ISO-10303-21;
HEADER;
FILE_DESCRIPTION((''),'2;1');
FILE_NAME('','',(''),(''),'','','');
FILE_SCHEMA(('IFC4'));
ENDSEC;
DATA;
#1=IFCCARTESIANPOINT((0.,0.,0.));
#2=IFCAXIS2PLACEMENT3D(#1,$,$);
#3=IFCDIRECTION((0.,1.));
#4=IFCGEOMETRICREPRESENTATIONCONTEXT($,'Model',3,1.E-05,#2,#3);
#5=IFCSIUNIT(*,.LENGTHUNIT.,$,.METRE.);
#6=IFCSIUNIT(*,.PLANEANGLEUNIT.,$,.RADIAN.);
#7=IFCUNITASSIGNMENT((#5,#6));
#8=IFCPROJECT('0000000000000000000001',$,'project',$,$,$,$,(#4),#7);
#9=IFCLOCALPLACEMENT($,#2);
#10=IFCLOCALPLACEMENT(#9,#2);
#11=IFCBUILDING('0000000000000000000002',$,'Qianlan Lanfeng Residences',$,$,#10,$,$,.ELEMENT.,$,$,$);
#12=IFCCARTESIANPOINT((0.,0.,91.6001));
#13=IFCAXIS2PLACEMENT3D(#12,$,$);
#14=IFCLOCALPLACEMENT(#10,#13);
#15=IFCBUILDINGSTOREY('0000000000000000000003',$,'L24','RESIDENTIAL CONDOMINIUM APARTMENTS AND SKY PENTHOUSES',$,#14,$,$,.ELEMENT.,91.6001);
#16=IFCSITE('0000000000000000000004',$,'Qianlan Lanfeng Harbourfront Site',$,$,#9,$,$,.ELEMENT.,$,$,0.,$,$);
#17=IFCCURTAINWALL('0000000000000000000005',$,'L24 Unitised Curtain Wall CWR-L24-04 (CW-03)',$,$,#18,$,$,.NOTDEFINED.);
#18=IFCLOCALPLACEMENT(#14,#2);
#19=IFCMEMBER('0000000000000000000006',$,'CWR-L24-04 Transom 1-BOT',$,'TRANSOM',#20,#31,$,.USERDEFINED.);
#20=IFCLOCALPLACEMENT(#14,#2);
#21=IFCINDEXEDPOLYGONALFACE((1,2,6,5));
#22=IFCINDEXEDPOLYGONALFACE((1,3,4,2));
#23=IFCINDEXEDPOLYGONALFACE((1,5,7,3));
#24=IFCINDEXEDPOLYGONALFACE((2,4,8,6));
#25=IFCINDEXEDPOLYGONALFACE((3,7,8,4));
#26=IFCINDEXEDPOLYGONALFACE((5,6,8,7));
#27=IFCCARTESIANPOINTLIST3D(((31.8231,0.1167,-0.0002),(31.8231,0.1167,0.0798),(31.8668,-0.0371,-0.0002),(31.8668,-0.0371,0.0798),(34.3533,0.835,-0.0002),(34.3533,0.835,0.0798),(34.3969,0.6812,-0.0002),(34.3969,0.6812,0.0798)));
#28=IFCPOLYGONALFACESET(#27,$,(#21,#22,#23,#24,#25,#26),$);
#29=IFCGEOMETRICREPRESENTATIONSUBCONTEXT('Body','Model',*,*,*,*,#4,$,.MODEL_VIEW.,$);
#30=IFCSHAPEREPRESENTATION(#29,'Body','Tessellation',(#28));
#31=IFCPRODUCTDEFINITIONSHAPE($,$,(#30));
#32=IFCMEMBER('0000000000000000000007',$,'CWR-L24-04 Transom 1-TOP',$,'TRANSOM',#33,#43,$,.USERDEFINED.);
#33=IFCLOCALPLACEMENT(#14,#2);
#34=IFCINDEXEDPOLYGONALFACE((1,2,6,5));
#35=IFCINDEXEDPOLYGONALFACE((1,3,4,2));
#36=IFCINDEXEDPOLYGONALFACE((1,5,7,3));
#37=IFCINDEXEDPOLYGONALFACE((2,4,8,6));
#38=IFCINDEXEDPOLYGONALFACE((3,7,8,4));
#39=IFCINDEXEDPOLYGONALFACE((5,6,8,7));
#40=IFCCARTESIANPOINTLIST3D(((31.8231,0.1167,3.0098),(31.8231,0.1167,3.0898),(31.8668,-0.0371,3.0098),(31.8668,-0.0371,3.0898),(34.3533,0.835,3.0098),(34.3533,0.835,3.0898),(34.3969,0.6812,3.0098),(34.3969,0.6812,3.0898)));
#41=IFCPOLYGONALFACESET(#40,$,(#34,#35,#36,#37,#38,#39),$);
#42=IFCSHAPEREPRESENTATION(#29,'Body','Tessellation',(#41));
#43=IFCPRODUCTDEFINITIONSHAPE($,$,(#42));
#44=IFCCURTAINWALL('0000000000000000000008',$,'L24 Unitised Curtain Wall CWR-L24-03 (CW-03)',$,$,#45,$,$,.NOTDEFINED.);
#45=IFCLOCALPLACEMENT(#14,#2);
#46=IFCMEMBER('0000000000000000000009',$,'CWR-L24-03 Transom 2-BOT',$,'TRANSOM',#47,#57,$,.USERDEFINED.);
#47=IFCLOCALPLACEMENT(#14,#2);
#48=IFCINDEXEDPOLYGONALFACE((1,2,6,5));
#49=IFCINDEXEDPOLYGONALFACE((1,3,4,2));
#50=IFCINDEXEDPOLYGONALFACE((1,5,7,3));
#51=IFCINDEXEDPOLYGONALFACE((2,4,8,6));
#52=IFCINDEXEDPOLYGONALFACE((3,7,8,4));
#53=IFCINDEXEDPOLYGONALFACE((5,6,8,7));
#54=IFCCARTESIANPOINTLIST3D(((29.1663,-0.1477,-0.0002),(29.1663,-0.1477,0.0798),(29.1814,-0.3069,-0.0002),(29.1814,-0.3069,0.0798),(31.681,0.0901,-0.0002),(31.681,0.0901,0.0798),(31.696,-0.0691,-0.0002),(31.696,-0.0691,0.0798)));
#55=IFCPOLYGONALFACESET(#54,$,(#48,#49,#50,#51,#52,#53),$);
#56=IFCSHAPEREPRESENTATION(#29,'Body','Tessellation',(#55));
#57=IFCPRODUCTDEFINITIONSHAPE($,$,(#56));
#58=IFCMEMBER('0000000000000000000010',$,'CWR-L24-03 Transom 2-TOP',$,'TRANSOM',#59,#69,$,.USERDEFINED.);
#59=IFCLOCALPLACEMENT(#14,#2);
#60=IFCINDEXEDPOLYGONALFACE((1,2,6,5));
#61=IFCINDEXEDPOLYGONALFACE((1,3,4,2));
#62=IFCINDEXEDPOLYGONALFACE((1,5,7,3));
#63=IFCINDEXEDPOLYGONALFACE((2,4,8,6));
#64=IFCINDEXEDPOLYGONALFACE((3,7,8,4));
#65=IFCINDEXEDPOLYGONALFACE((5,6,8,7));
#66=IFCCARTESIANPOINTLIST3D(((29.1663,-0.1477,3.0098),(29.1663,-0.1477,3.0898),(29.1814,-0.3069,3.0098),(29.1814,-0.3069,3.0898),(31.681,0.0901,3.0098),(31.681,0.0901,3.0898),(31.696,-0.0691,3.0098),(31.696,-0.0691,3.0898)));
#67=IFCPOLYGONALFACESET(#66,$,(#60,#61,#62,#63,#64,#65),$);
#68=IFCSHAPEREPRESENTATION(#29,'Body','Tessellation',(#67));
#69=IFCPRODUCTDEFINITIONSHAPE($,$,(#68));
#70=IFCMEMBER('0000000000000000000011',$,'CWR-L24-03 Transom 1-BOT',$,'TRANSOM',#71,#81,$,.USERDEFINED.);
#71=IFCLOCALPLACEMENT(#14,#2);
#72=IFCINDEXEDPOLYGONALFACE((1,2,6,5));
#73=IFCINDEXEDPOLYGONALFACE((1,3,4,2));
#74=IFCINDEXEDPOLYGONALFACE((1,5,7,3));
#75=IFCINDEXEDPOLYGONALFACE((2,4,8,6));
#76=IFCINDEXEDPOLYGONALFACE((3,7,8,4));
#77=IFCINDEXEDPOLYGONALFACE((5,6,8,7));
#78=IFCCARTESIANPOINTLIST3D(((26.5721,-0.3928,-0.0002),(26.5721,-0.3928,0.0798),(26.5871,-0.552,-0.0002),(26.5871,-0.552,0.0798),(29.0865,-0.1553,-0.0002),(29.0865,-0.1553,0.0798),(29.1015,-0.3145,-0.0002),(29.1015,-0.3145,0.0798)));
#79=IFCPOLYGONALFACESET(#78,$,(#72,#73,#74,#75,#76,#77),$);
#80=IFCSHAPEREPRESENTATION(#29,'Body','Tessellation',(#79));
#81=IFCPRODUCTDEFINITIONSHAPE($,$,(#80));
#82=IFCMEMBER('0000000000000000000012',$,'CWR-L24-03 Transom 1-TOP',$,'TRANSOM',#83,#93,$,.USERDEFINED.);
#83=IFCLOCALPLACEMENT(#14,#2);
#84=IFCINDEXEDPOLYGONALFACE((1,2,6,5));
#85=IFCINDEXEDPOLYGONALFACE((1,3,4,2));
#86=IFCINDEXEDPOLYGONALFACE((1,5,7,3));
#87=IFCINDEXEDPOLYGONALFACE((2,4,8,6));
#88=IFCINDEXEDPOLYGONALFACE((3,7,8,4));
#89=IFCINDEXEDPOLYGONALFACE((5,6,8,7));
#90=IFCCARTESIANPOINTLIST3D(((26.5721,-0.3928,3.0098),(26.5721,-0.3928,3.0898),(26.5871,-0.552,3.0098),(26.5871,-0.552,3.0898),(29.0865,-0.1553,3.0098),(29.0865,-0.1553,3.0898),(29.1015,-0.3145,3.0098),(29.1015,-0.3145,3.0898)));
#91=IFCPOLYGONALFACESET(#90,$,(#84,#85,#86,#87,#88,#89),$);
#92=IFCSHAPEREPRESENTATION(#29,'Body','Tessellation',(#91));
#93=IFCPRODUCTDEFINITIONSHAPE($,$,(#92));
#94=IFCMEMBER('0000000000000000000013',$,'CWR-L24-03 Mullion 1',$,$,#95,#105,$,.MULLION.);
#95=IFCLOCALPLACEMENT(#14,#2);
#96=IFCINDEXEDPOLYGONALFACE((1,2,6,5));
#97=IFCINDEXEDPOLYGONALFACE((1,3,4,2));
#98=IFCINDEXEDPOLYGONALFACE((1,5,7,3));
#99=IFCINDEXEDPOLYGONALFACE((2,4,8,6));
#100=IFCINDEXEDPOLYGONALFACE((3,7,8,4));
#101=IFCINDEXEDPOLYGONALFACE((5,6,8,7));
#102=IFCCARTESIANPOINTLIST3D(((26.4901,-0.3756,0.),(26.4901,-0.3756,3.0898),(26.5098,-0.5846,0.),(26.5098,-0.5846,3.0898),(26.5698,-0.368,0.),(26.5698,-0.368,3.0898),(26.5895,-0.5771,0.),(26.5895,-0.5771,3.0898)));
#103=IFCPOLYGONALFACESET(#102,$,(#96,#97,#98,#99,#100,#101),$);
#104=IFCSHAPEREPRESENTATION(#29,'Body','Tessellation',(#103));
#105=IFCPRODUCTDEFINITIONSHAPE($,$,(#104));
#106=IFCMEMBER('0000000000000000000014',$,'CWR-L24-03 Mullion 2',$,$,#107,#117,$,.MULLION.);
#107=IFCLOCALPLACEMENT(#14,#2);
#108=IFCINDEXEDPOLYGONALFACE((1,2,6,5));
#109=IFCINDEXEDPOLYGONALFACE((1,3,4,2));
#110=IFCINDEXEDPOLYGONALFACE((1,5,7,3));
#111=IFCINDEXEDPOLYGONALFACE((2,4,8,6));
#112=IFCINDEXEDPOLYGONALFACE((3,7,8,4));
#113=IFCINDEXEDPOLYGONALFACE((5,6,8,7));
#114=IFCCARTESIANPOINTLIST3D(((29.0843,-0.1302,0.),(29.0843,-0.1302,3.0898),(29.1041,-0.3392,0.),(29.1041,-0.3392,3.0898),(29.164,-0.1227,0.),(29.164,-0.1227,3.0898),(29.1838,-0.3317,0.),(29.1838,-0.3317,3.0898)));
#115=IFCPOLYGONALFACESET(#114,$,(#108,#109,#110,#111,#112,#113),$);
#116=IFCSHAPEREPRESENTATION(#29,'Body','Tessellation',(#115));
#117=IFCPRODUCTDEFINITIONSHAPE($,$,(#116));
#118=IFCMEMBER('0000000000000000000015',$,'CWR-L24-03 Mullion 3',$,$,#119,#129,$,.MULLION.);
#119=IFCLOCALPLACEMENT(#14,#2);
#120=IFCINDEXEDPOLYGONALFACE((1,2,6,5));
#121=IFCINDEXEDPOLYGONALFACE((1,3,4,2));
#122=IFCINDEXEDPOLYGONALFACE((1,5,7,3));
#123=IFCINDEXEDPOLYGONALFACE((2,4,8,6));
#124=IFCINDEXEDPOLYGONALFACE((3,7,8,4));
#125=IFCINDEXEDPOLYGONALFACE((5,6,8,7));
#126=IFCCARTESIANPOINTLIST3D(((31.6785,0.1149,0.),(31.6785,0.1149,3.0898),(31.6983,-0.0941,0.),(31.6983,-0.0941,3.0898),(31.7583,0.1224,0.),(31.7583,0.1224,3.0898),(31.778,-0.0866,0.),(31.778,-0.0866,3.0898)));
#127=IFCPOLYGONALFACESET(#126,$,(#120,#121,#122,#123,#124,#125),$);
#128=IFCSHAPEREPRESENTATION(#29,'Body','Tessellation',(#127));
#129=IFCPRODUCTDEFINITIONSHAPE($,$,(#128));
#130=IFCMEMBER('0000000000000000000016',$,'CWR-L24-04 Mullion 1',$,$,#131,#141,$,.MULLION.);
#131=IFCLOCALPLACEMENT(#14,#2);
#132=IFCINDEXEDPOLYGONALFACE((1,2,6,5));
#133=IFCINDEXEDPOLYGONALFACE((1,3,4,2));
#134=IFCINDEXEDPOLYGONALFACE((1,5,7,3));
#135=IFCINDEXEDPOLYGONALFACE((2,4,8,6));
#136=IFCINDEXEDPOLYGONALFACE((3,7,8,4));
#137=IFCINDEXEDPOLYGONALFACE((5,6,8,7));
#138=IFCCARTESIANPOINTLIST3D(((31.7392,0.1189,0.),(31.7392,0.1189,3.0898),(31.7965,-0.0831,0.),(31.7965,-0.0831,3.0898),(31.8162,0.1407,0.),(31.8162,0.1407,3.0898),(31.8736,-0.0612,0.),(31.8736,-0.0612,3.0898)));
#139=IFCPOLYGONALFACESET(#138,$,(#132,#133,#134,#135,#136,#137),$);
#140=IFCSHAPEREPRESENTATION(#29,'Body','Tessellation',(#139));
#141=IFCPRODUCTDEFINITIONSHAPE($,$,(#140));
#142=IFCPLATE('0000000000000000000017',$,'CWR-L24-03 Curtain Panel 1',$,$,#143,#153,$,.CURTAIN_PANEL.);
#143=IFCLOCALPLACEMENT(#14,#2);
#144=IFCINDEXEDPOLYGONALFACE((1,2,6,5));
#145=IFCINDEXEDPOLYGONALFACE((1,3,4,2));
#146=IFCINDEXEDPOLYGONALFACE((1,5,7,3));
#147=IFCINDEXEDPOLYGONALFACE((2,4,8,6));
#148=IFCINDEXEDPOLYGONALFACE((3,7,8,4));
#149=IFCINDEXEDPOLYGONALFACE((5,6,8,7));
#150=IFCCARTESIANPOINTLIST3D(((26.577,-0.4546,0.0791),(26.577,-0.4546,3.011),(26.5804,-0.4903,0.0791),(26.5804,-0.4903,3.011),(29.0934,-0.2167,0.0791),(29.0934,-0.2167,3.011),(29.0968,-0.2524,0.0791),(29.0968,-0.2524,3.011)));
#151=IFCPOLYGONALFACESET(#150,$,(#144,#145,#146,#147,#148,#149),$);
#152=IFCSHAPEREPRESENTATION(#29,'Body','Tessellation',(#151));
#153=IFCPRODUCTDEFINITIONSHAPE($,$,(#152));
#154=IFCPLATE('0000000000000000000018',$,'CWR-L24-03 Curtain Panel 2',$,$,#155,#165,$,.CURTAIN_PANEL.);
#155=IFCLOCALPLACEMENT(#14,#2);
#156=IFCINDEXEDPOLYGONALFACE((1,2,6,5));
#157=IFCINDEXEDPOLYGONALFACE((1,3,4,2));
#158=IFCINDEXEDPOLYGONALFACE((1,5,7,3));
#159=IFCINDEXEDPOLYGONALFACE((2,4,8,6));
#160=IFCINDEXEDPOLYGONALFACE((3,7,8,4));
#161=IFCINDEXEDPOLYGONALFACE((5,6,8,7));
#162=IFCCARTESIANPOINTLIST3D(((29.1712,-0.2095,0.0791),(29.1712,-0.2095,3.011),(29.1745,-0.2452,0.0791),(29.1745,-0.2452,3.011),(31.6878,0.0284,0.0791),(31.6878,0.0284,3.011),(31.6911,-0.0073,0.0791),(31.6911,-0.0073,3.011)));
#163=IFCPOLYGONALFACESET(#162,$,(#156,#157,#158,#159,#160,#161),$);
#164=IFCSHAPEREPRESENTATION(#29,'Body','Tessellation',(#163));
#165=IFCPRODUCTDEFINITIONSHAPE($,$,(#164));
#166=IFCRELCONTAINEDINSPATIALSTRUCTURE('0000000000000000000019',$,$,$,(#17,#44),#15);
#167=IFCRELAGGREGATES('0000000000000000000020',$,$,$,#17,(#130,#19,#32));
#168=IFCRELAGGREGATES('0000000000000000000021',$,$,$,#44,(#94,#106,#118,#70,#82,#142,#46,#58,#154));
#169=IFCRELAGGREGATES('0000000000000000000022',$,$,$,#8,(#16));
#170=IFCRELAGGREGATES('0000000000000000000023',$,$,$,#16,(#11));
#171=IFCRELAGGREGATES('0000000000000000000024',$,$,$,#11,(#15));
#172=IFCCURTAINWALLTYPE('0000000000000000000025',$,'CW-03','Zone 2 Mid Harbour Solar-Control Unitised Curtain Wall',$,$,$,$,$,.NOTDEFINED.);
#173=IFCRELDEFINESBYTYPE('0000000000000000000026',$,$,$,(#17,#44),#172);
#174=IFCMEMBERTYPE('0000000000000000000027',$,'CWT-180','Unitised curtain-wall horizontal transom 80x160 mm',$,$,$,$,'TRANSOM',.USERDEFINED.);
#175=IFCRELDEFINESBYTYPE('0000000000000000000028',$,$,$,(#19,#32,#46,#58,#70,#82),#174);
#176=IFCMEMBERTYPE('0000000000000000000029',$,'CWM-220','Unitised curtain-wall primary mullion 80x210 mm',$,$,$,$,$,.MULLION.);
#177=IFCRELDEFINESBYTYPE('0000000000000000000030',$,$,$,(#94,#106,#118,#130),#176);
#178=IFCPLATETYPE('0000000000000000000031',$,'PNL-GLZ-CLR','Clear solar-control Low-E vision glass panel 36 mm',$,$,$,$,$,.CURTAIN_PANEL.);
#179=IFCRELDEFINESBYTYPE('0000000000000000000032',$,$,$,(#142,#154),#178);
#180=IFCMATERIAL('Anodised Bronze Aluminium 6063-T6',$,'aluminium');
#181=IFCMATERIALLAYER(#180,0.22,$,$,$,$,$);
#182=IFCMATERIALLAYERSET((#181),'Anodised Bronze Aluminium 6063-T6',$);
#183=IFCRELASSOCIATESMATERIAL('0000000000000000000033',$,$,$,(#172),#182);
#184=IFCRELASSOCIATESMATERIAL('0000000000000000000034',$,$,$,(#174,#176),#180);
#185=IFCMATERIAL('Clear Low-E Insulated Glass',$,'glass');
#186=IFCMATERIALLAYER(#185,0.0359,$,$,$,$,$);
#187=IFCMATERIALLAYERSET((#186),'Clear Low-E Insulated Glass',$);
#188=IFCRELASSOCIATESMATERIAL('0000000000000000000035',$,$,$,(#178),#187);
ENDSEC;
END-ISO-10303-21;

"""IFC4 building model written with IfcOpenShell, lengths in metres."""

from ifc_helpers import new_model, si_unit, direction, frame, origin, origin_2d, place, context, subcontext, project, spatial, rectangle, extrude, source, transform, mapped, material, layer, layer_set, material_profile, profile_set, type_object, element, aggregate, save


model = new_model("IFC4")

# Units and contexts
model_context = context("Model", 3, precision=1e-05, world=origin(), true_north=direction((0.0, 1.0)))
body_context = subcontext(model_context, "Body", "Model", "MODEL_VIEW")
ifc_project = project(units=[si_unit("LENGTHUNIT", "METRE"), si_unit("PLANEANGLEUNIT", "RADIAN")], contexts=[model_context])

# Site, building, storey
site_placement = place(None, origin())
site = spatial("IfcSite", under=ifc_project, at=site_placement, Name="Qianlan Lanfeng Harbourfront Site", CompositionType="ELEMENT", RefElevation=0.0)
building_placement = place(site_placement, origin())
building = spatial("IfcBuilding", under=site, at=building_placement, Name="Qianlan Lanfeng Residences", CompositionType="ELEMENT")
storey_placement = place(building_placement, frame((0.0, 0.0, 91.6001)))
storey = spatial("IfcBuildingStorey", under=building, at=storey_placement, Name="L24", Description="RESIDENTIAL CONDOMINIUM APARTMENTS AND SKY PENTHOUSES", CompositionType="ELEMENT", Elevation=91.6001)

# Curtain walls, members
ifc_material_1 = material(Name="Anodised Bronze Aluminium 6063-T6", Category="aluminium")
ifc_layer_1 = layer(ifc_material_1, 0.22)
ifc_layer_set_1 = layer_set([ifc_layer_1], Name="Anodised Bronze Aluminium 6063-T6")
curtain_wall_type = type_object("IfcCurtainWallType", Name="CW-03", Description="Zone 2 Mid Harbour Solar-Control Unitised Curtain Wall", PredefinedType="NOTDEFINED", material=ifc_layer_set_1)
curtain_wall_1_placement = place(storey_placement, origin())
curtain_wall_1 = element("IfcCurtainWall", 1, at=curtain_wall_1_placement, inside=storey, type_object=curtain_wall_type, Name="L24 Unitised Curtain Wall CWR-L24-04 (CW-03)", PredefinedType="NOTDEFINED")
ifc_material_profile_1 = material_profile(ifc_material_1, rectangle(XDim=0.0801, YDim=0.1599, at=origin_2d()), Name="ALU TRANSOM 80x160")
ifc_profile_set_1 = profile_set([ifc_material_profile_1], Name="Anodised Bronze Aluminium 6063-T6")
member_type_1 = type_object("IfcMemberType", Name="CWT-180", Description="Unitised curtain-wall horizontal transom 80x160 mm", ElementType="TRANSOM", PredefinedType="USERDEFINED", material=ifc_profile_set_1)
shared_shape_1 = source(origin(), body_context, "Body", "SweptSolid", [
    extrude(rectangle(XDim=0.0801, YDim=0.1599, at=origin_2d()), origin(), (0.0, 0.0, 1.0), 2.6301),
])
member_1_placement = place(storey_placement, frame((31.845, 0.0398, 0.0398), z_axis=(0.961985, 0.273102, 0.0), x_axis=(0.0, 0.0, 1.0)))
member_1 = element("IfcMember", 2, at=member_1_placement, type_object=member_type_1, Name="CWR-L24-04 Transom 1-BOT", ObjectType="TRANSOM", PredefinedType="USERDEFINED", context=body_context, shape_type="MappedRepresentation", body=[
    mapped(shared_shape_1, transform((0.0, 0.0, 0.0), scale=1.0)),
])
member_2_placement = place(storey_placement, frame((31.845, 0.0398, 3.0498), z_axis=(0.961985, 0.273102, 0.0), x_axis=(0.0, 0.0, 1.0)))
member_2 = element("IfcMember", 3, at=member_2_placement, type_object=member_type_1, Name="CWR-L24-04 Transom 1-TOP", ObjectType="TRANSOM", PredefinedType="USERDEFINED", context=body_context, shape_type="MappedRepresentation", body=[
    mapped(shared_shape_1, transform((0.0, 0.0, 0.0), scale=1.0)),
])
curtain_wall_2_placement = place(storey_placement, origin())
curtain_wall_2 = element("IfcCurtainWall", 4, at=curtain_wall_2_placement, inside=storey, type_object=curtain_wall_type, Name="L24 Unitised Curtain Wall CWR-L24-03 (CW-03)", PredefinedType="NOTDEFINED")
shared_shape_2 = source(origin(), body_context, "Body", "SweptSolid", [
    extrude(rectangle(XDim=0.0801, YDim=0.1599, at=origin_2d()), origin(), (0.0, 0.0, 1.0), 2.5259),
])
member_3_placement = place(storey_placement, frame((29.1738, -0.2273, 0.0398), z_axis=(0.995559, 0.094143, 0.0), x_axis=(0.0, 0.0, 1.0)))
member_3 = element("IfcMember", 5, at=member_3_placement, type_object=member_type_1, Name="CWR-L24-03 Transom 2-BOT", ObjectType="TRANSOM", PredefinedType="USERDEFINED", context=body_context, shape_type="MappedRepresentation", body=[
    mapped(shared_shape_2, transform((0.0, 0.0, 0.0), scale=1.0)),
])
member_4_placement = place(storey_placement, frame((29.1738, -0.2273, 3.0498), z_axis=(0.995559, 0.094143, 0.0), x_axis=(0.0, 0.0, 1.0)))
member_4 = element("IfcMember", 6, at=member_4_placement, type_object=member_type_1, Name="CWR-L24-03 Transom 2-TOP", ObjectType="TRANSOM", PredefinedType="USERDEFINED", context=body_context, shape_type="MappedRepresentation", body=[
    mapped(shared_shape_2, transform((0.0, 0.0, 0.0), scale=1.0)),
])
shared_shape_3 = source(origin(), body_context, "Body", "SweptSolid", [
    extrude(rectangle(XDim=0.0801, YDim=0.1599, at=origin_2d()), origin(), (0.0, 0.0, 1.0), 2.5256),
])
member_5_placement = place(storey_placement, frame((26.5796, -0.4724, 0.0398), z_axis=(0.995567, 0.094056, 0.0), x_axis=(0.0, 0.0, 1.0)))
member_5 = element("IfcMember", 7, at=member_5_placement, type_object=member_type_1, Name="CWR-L24-03 Transom 1-BOT", ObjectType="TRANSOM", PredefinedType="USERDEFINED", context=body_context, shape_type="MappedRepresentation", body=[
    mapped(shared_shape_3, transform((0.0, 0.0, 0.0), scale=1.0)),
])
member_6_placement = place(storey_placement, frame((26.5796, -0.4724, 3.0498), z_axis=(0.995567, 0.094056, 0.0), x_axis=(0.0, 0.0, 1.0)))
member_6 = element("IfcMember", 8, at=member_6_placement, type_object=member_type_1, Name="CWR-L24-03 Transom 1-TOP", ObjectType="TRANSOM", PredefinedType="USERDEFINED", context=body_context, shape_type="MappedRepresentation", body=[
    mapped(shared_shape_3, transform((0.0, 0.0, 0.0), scale=1.0)),
])
ifc_material_profile_2 = material_profile(ifc_material_1, rectangle(XDim=0.0801, YDim=0.21, at=origin_2d()), Name="ALU MULLION 80x210")
ifc_profile_set_2 = profile_set([ifc_material_profile_2], Name="Anodised Bronze Aluminium 6063-T6")
member_type_2 = type_object("IfcMemberType", Name="CWM-220", Description="Unitised curtain-wall primary mullion 80x210 mm", PredefinedType="MULLION", material=ifc_profile_set_2)
shared_shape_4 = source(origin(), body_context, "Body", "SweptSolid", [
    extrude(rectangle(XDim=0.0801, YDim=0.21, at=origin_2d()), origin(), (0.0, 0.0, 1.0), 3.0898),
])
member_7_placement = place(storey_placement, frame((26.5398, -0.4763, 0.0), z_axis=(0.0, 0.0, 1.0), x_axis=(0.995561, 0.094114, 0.0)))
member_7 = element("IfcMember", 9, at=member_7_placement, type_object=member_type_2, Name="CWR-L24-03 Mullion 1", PredefinedType="MULLION", context=body_context, shape_type="MappedRepresentation", body=[
    mapped(shared_shape_4, transform((0.0, 0.0, 0.0), scale=1.0)),
])
member_8_placement = place(storey_placement, frame((29.134, -0.231, 0.0), z_axis=(0.0, 0.0, 1.0), x_axis=(0.995561, 0.094114, 0.0)))
member_8 = element("IfcMember", 10, at=member_8_placement, type_object=member_type_2, Name="CWR-L24-03 Mullion 2", PredefinedType="MULLION", context=body_context, shape_type="MappedRepresentation", body=[
    mapped(shared_shape_4, transform((0.0, 0.0, 0.0), scale=1.0)),
])
member_9_placement = place(storey_placement, frame((31.7283, 0.0142, 0.0), z_axis=(0.0, 0.0, 1.0), x_axis=(0.995561, 0.094114, 0.0)))
member_9 = element("IfcMember", 11, at=member_9_placement, type_object=member_type_2, Name="CWR-L24-03 Mullion 3", PredefinedType="MULLION", context=body_context, shape_type="MappedRepresentation", body=[
    mapped(shared_shape_4, transform((0.0, 0.0, 0.0), scale=1.0)),
])

# Member
member_10_placement = place(storey_placement, frame((31.8064, 0.0288, 0.0), z_axis=(0.0, 0.0, 1.0), x_axis=(0.961989, 0.273088, 0.0)))
member_10 = element("IfcMember", 12, at=member_10_placement, type_object=member_type_2, Name="CWR-L24-04 Mullion 1", PredefinedType="MULLION", context=body_context, shape_type="MappedRepresentation", body=[
    mapped(shared_shape_4, transform((0.0, 0.0, 0.0), scale=1.0)),
])
aggregate(curtain_wall_1, [member_10, member_1, member_2])

# Plates
ifc_material_2 = material(Name="Clear Low-E Insulated Glass", Category="glass")
ifc_layer_2 = layer(ifc_material_2, 0.0359)
ifc_layer_set_2 = layer_set([ifc_layer_2], Name="Clear Low-E Insulated Glass")
plate_type = type_object("IfcPlateType", Name="PNL-GLZ-CLR", Description="Clear solar-control Low-E vision glass panel 36 mm", PredefinedType="CURTAIN_PANEL", material=ifc_layer_set_2)
shared_shape_5 = source(origin(), body_context, "Body", "SweptSolid", [
    extrude(rectangle(XDim=2.5276, YDim=0.0359, at=origin_2d()), origin(), (0.0, 0.0, 1.0), 2.9319),
])
plate_1_placement = place(storey_placement, frame((27.8369, -0.3535, 0.0791), z_axis=(0.0, 0.0, 1.0), x_axis=(0.995561, 0.094114, 0.0)))
plate_1 = element("IfcPlate", 13, at=plate_1_placement, type_object=plate_type, Name="CWR-L24-03 Curtain Panel 1", PredefinedType="CURTAIN_PANEL", context=body_context, shape_type="MappedRepresentation", body=[
    mapped(shared_shape_5, transform((0.0, 0.0, 0.0), scale=1.0)),
])
shared_shape_6 = source(origin(), body_context, "Body", "SweptSolid", [
    extrude(rectangle(XDim=2.5278, YDim=0.0359, at=origin_2d()), origin(), (0.0, 0.0, 1.0), 2.9319),
])
plate_2_placement = place(storey_placement, frame((30.4312, -0.1084, 0.0791), z_axis=(0.0, 0.0, 1.0), x_axis=(0.995561, 0.094114, 0.0)))
plate_2 = element("IfcPlate", 14, at=plate_2_placement, type_object=plate_type, Name="CWR-L24-03 Curtain Panel 2", PredefinedType="CURTAIN_PANEL", context=body_context, shape_type="MappedRepresentation", body=[
    mapped(shared_shape_6, transform((0.0, 0.0, 0.0), scale=1.0)),
])
aggregate(curtain_wall_2, [member_7, member_8, member_9, member_5, member_6, plate_1, member_3, member_4, plate_2])

save(model, "model.ifc")
